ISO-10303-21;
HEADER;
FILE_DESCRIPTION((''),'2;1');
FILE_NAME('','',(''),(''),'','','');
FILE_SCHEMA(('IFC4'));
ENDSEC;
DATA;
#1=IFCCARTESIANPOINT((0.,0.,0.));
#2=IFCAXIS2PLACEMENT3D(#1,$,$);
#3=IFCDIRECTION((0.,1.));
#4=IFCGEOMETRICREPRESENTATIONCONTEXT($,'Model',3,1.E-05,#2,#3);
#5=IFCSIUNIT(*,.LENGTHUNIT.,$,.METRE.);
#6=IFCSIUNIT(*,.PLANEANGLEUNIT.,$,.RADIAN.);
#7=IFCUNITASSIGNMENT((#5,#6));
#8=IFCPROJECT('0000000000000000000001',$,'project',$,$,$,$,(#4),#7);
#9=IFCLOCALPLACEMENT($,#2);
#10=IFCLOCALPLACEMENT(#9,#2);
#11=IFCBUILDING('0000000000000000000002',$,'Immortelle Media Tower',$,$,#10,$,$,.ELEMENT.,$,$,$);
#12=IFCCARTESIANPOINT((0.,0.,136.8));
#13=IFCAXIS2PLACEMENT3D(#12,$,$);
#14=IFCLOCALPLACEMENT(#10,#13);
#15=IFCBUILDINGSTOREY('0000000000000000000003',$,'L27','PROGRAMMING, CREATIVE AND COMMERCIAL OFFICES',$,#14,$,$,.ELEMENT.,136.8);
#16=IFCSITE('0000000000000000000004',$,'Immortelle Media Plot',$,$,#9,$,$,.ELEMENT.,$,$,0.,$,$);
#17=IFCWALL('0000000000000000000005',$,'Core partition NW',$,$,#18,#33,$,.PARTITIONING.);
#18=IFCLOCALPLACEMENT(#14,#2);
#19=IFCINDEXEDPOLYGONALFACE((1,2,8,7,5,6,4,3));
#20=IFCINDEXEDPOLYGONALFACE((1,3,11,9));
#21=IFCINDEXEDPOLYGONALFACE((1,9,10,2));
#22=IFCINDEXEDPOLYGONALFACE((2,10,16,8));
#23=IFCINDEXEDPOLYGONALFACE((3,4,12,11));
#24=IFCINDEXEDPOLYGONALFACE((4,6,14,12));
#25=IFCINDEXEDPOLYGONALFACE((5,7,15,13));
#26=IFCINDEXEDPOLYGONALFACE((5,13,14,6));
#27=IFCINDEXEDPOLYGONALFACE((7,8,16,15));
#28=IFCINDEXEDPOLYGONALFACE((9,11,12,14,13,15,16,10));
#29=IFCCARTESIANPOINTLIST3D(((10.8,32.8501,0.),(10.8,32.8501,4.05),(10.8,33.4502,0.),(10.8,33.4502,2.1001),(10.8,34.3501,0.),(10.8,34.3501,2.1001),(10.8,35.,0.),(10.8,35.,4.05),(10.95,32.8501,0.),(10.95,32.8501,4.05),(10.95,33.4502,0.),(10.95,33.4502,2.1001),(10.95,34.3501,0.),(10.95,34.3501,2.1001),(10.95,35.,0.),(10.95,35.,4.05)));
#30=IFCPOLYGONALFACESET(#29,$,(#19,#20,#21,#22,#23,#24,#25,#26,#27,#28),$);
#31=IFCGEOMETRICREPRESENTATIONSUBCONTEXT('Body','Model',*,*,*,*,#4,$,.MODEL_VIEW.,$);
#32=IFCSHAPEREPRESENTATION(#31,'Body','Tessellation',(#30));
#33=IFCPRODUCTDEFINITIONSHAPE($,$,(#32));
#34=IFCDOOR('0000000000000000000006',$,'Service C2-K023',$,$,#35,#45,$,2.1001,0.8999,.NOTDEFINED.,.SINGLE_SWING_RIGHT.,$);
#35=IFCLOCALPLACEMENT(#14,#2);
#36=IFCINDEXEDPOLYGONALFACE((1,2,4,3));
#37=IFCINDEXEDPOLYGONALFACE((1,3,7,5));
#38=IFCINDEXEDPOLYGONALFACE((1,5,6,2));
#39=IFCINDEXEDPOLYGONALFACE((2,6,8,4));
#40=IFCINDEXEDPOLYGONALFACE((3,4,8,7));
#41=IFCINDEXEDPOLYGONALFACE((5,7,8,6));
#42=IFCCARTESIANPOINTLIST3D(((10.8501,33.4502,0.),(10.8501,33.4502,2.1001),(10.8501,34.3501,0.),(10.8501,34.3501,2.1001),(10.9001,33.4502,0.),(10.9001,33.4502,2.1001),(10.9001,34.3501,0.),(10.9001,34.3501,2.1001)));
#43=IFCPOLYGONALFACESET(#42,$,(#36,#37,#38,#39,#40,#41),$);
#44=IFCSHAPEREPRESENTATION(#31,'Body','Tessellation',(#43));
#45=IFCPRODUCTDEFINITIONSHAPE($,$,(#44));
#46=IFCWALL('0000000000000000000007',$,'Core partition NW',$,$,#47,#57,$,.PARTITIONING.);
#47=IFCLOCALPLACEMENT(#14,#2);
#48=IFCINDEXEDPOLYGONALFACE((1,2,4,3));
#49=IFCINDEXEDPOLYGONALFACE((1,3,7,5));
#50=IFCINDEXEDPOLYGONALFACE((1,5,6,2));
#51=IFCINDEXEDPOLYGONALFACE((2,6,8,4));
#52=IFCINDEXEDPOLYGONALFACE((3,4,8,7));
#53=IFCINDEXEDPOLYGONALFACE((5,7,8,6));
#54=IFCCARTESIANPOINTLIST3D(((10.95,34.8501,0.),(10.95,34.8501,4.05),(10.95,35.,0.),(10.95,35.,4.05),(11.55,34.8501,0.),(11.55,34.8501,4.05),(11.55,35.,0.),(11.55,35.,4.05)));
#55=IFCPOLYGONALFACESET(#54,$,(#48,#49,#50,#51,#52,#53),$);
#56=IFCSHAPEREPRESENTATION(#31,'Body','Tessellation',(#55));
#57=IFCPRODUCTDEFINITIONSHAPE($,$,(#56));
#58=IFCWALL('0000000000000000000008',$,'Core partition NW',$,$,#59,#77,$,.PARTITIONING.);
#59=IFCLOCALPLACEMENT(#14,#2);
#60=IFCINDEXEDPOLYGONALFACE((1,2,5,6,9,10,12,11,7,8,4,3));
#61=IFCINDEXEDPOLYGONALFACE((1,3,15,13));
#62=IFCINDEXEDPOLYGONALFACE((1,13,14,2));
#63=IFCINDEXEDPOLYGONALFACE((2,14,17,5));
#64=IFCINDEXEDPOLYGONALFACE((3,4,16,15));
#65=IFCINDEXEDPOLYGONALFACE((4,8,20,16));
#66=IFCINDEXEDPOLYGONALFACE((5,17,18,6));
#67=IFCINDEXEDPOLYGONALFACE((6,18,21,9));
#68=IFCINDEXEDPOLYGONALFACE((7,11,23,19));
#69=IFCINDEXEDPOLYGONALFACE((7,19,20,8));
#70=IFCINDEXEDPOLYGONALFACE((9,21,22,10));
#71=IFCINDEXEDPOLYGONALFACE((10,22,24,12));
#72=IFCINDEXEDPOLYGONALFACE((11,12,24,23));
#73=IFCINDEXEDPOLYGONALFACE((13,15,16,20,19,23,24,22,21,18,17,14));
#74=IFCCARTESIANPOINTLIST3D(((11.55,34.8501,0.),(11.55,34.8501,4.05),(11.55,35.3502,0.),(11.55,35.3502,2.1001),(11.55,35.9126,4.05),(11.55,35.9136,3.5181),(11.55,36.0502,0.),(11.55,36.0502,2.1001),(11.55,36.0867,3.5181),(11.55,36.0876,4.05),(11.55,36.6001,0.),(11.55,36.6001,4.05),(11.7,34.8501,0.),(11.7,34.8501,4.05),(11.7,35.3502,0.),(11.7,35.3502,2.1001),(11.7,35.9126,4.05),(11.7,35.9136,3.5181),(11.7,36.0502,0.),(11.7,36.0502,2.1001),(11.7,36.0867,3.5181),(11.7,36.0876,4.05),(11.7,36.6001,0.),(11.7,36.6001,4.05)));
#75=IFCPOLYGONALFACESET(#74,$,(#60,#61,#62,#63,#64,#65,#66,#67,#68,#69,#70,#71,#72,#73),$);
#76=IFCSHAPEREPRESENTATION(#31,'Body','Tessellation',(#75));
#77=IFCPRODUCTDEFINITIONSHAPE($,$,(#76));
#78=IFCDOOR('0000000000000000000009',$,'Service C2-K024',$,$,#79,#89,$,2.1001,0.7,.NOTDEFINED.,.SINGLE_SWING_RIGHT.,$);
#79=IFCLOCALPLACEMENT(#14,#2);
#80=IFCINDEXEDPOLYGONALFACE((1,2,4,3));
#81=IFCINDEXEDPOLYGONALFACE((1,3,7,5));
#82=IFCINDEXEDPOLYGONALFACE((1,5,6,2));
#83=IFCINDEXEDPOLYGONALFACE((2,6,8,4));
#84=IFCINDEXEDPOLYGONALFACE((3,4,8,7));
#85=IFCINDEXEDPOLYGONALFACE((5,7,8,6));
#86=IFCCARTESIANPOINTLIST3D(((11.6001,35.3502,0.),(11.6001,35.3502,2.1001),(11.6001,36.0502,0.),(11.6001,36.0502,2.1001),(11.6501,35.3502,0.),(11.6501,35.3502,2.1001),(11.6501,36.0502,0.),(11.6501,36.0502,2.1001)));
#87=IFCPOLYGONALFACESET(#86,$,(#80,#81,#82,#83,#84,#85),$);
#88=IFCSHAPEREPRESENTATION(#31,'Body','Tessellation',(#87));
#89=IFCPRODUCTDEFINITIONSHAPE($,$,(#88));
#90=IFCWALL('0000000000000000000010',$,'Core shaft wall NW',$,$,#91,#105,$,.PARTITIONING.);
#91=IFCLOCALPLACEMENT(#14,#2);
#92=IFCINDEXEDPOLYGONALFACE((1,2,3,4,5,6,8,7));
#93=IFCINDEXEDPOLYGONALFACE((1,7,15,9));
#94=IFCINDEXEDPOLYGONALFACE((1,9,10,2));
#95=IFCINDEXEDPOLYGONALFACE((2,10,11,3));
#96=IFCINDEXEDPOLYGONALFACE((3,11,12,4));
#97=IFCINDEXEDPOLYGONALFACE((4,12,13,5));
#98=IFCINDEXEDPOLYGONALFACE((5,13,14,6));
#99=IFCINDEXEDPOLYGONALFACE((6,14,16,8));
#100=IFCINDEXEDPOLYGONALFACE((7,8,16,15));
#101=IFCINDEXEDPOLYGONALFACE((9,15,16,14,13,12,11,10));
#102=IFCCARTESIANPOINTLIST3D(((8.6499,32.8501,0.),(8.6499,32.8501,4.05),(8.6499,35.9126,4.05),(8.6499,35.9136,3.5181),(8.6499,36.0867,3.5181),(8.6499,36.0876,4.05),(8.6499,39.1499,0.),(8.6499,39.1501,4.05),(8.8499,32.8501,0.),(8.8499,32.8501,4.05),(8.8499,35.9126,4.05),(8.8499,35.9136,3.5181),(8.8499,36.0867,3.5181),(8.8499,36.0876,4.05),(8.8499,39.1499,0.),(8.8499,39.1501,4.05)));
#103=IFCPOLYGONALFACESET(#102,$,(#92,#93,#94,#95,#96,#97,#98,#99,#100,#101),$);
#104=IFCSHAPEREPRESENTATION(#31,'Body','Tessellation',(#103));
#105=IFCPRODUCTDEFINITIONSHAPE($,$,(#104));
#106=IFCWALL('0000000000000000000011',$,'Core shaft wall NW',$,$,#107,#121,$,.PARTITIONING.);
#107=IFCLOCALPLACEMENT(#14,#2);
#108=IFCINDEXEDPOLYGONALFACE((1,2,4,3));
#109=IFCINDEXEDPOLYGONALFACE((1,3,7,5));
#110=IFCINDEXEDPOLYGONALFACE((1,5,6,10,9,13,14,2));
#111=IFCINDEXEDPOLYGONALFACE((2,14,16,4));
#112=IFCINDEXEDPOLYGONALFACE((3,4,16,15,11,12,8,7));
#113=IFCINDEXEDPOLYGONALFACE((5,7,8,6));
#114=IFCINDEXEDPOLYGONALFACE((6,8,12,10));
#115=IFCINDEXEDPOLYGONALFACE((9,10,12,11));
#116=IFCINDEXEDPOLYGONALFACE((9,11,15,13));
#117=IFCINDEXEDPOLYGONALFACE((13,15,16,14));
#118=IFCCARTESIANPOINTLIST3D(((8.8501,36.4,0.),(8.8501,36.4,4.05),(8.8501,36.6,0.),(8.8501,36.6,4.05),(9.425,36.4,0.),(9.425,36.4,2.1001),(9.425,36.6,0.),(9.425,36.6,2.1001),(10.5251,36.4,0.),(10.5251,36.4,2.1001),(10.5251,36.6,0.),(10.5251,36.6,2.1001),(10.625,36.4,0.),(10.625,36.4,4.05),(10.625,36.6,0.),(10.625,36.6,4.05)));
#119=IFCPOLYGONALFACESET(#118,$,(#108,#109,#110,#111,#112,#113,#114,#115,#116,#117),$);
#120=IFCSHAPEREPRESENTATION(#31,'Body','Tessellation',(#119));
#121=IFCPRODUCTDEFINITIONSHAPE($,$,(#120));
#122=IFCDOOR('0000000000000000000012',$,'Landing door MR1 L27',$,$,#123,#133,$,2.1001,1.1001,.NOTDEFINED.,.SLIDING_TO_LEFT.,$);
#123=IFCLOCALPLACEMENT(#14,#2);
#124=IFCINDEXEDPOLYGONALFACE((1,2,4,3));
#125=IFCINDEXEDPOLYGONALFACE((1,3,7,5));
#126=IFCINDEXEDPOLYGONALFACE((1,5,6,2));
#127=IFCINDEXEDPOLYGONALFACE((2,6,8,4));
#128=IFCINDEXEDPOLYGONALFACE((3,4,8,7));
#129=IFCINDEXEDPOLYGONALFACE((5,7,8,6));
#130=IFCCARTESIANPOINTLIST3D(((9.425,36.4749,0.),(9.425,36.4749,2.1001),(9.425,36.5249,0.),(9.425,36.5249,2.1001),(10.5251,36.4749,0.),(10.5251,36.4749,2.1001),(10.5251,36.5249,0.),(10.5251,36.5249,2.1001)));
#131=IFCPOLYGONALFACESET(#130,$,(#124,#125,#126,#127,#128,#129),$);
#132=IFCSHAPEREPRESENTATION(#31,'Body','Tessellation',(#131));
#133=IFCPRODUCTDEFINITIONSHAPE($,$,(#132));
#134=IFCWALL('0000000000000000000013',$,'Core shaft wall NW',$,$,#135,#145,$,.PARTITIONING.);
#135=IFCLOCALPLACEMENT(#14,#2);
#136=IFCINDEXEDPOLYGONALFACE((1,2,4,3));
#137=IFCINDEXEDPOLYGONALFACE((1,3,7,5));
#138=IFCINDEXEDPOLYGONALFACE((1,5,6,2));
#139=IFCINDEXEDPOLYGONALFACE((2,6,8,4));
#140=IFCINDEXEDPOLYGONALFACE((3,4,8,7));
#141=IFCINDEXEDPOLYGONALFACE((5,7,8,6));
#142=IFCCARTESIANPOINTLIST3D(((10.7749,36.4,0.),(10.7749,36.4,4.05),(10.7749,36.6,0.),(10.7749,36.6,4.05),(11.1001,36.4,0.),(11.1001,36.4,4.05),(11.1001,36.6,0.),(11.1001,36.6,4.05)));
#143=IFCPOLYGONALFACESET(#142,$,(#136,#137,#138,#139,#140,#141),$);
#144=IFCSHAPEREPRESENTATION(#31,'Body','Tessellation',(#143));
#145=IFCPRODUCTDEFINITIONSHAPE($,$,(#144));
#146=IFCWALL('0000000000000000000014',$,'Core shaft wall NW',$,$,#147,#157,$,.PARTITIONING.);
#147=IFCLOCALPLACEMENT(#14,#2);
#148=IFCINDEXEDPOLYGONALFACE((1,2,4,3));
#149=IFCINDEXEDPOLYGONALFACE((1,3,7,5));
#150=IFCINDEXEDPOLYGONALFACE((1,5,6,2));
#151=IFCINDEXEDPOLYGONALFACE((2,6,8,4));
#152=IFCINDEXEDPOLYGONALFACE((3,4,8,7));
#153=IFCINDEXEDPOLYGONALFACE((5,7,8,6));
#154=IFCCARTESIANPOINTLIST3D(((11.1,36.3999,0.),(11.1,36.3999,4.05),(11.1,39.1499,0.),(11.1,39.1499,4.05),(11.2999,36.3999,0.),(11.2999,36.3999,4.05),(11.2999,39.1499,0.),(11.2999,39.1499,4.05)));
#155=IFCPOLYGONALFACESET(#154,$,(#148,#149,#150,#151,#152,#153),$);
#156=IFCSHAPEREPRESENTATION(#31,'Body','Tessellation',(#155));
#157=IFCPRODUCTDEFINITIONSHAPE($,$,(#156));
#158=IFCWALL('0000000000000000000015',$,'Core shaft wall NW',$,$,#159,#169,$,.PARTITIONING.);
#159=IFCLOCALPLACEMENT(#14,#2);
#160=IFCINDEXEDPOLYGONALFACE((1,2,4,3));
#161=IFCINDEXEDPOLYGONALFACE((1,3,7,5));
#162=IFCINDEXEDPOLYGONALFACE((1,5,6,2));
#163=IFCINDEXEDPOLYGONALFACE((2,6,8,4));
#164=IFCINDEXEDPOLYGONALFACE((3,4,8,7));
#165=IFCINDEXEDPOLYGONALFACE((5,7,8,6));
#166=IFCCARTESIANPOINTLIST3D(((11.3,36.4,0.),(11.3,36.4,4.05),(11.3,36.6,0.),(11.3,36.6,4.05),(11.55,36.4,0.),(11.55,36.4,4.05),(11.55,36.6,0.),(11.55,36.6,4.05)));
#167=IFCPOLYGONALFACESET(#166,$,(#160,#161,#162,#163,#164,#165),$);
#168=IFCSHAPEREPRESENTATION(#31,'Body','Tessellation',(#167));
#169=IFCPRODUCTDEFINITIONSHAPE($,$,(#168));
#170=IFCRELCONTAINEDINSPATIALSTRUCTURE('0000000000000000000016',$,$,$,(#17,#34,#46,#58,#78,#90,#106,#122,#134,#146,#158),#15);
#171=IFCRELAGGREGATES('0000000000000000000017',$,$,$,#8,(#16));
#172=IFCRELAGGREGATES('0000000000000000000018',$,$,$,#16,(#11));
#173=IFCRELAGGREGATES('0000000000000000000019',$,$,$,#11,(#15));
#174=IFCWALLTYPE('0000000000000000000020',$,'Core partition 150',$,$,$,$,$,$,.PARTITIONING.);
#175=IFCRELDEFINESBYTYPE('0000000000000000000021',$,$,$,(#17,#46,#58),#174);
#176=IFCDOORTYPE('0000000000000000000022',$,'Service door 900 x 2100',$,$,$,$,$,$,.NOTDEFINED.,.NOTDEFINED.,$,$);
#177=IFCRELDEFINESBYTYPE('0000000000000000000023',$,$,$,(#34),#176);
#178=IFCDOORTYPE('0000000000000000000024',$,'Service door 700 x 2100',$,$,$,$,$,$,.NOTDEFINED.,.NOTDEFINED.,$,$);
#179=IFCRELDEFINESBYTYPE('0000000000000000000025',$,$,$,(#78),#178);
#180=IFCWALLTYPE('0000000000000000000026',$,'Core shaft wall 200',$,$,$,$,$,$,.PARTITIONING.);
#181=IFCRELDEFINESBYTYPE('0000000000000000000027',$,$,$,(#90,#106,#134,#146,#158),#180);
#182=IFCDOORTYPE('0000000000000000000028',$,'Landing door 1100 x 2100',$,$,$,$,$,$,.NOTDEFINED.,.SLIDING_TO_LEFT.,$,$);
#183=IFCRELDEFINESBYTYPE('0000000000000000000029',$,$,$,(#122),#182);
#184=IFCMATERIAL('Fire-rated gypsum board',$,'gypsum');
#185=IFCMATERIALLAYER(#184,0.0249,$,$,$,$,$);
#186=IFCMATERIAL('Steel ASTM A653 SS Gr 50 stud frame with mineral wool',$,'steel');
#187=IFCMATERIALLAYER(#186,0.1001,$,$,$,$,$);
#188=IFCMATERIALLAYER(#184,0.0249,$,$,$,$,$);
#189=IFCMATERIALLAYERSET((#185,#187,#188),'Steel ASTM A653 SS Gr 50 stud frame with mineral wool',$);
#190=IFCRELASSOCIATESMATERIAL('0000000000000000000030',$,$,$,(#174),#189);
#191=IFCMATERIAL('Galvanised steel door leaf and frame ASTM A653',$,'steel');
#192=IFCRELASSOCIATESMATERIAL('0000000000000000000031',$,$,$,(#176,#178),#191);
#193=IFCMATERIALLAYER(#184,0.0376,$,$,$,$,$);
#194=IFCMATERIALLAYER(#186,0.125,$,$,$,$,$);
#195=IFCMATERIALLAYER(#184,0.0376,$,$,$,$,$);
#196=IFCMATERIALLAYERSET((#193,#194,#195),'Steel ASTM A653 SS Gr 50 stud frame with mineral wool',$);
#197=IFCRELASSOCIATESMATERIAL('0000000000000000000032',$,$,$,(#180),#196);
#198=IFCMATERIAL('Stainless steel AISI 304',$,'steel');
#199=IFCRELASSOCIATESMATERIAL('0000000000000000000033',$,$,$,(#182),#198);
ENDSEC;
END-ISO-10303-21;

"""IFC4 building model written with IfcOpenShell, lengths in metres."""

from ifc_helpers import new_model, si_unit, direction, frame, frame_2d, origin, place, context, subcontext, project, spatial, polyline, rectangle, outline, extrude, material, layer, layer_set, type_object, element, fill, save


model = new_model("IFC4")

# Units and contexts
model_context = context("Model", 3, precision=1e-05, world=origin(), true_north=direction((0.0, 1.0)))
body_context = subcontext(model_context, "Body", "Model", "MODEL_VIEW")
ifc_project = project(units=[si_unit("LENGTHUNIT", "METRE"), si_unit("PLANEANGLEUNIT", "RADIAN")], contexts=[model_context])

# Site, building, storey
site_placement = place(None, origin())
site = spatial("IfcSite", under=ifc_project, at=site_placement, Name="Immortelle Media Plot", CompositionType="ELEMENT", RefElevation=0.0)
building_placement = place(site_placement, origin())
building = spatial("IfcBuilding", under=site, at=building_placement, Name="Immortelle Media Tower", CompositionType="ELEMENT")
storey_placement = place(building_placement, frame((0.0, 0.0, 136.8)))
storey = spatial("IfcBuildingStorey", under=building, at=storey_placement, Name="L27", Description="PROGRAMMING, CREATIVE AND COMMERCIAL OFFICES", CompositionType="ELEMENT", Elevation=136.8)

# Shared definitions
ifc_material_1 = material(Name="Fire-rated gypsum board", Category="gypsum")
ifc_layer_1 = layer(ifc_material_1, 0.0249)
ifc_material_2 = material(Name="Steel ASTM A653 SS Gr 50 stud frame with mineral wool", Category="steel")
ifc_layer_2 = layer(ifc_material_2, 0.1001)
ifc_layer_3 = layer(ifc_material_1, 0.0249)
ifc_layer_set_1 = layer_set([ifc_layer_1, ifc_layer_2, ifc_layer_3], Name="Steel ASTM A653 SS Gr 50 stud frame with mineral wool")
wall_type_1 = type_object("IfcWallType", Name="Core partition 150", PredefinedType="PARTITIONING", material=ifc_layer_set_1)

# Wall, opening, door
wall_1_placement = place(storey_placement, frame((10.875, 32.8501, 0.0), z_axis=(0.0, 0.0, 1.0), x_axis=(0.0, 1.0, 0.0)))
wall_1 = element("IfcWall", 1, at=wall_1_placement, inside=storey, type_object=wall_type_1, Name="Core partition NW", PredefinedType="PARTITIONING", context=body_context, shape_type="SweptSolid", body=[
    extrude(rectangle(XDim=2.1499, YDim=0.1499, at=frame_2d((1.075, 0.0))), origin(), (0.0, 0.0, 1.0), 4.05),
])
opening_1_placement = place(wall_1_placement, frame((0.6001, 0.0, 0.0)))
opening_1 = element("IfcOpeningElement", 2, at=opening_1_placement, cuts=wall_1, PredefinedType="OPENING", context=body_context, shape_type="SweptSolid", body=[
    extrude(rectangle(XDim=0.8999, YDim=2.1001, at=frame_2d((0.45, 1.05))), frame((0.0, 0.085, 0.0), z_axis=(0.0, -1.0, 0.0), x_axis=(1.0, 0.0, 0.0)), (0.0, 0.0, 1.0), 0.1699),
])
ifc_material_3 = material(Name="Galvanised steel door leaf and frame ASTM A653", Category="steel")
door_type_1 = type_object("IfcDoorType", Name="Service door 900 x 2100", OperationType="NOTDEFINED", PredefinedType="NOTDEFINED", material=ifc_material_3)
door_1_placement = place(opening_1_placement, origin())
door_1 = element("IfcDoor", 3, at=door_1_placement, inside=storey, type_object=door_type_1, Name="Service C2-K023", OperationType="SINGLE_SWING_RIGHT", OverallHeight=2.1001, OverallWidth=0.8999, PredefinedType="NOTDEFINED", context=body_context, shape_type="SweptSolid", body=[
    extrude(rectangle(XDim=0.8999, YDim=2.1001, at=frame_2d((0.45, 1.05))), frame((0.0, 0.0249, 0.0), z_axis=(0.0, -1.0, 0.0), x_axis=(1.0, 0.0, 0.0)), (0.0, 0.0, 1.0), 0.05),
])
fill(opening_1, door_1)

# Wall
wall_2_placement = place(storey_placement, frame((10.95, 34.925, 0.0), z_axis=(0.0, 0.0, 1.0), x_axis=(1.0, 0.0, 0.0)))
element("IfcWall", 4, at=wall_2_placement, inside=storey, type_object=wall_type_1, Name="Core partition NW", PredefinedType="PARTITIONING", context=body_context, shape_type="SweptSolid", body=[
    extrude(rectangle(XDim=0.6001, YDim=0.1499, at=frame_2d((0.3, 0.0))), origin(), (0.0, 0.0, 1.0), 4.05),
])

# Wall, opening, door
wall_3_placement = place(storey_placement, frame((11.625, 34.8501, 0.0), z_axis=(0.0, 0.0, 1.0), x_axis=(0.0, 1.0, 0.0)))
wall_3 = element("IfcWall", 5, at=wall_3_placement, inside=storey, type_object=wall_type_1, Name="Core partition NW", PredefinedType="PARTITIONING", context=body_context, shape_type="SweptSolid", body=[
    extrude(outline(polyline([(0.0, 0.0), (1.75, 0.0), (1.75, 4.05), (1.2375, 4.05), (1.2366, 3.5181), (1.0635, 3.5181), (1.0625, 4.05), (0.0, 4.05), (0.0, 0.0)])), frame((0.0, 0.075, 0.0), z_axis=(0.0, -1.0, 0.0), x_axis=(1.0, 0.0, 0.0)), (0.0, 0.0, 1.0), 0.1499),
])
opening_2_placement = place(wall_3_placement, frame((0.5, 0.0, 0.0)))
opening_2 = element("IfcOpeningElement", 6, at=opening_2_placement, cuts=wall_3, PredefinedType="OPENING", context=body_context, shape_type="SweptSolid", body=[
    extrude(rectangle(XDim=0.7, YDim=2.1001, at=frame_2d((0.3501, 1.05))), frame((0.0, 0.085, 0.0), z_axis=(0.0, -1.0, 0.0), x_axis=(1.0, 0.0, 0.0)), (0.0, 0.0, 1.0), 0.1699),
])
door_type_2 = type_object("IfcDoorType", Name="Service door 700 x 2100", OperationType="NOTDEFINED", PredefinedType="NOTDEFINED", material=ifc_material_3)
door_2_placement = place(opening_2_placement, origin())
door_2 = element("IfcDoor", 7, at=door_2_placement, inside=storey, type_object=door_type_2, Name="Service C2-K024", OperationType="SINGLE_SWING_RIGHT", OverallHeight=2.1001, OverallWidth=0.7, PredefinedType="NOTDEFINED", context=body_context, shape_type="SweptSolid", body=[
    extrude(rectangle(XDim=0.7, YDim=2.1001, at=frame_2d((0.3501, 1.05))), frame((0.0, 0.0249, 0.0), z_axis=(0.0, -1.0, 0.0), x_axis=(1.0, 0.0, 0.0)), (0.0, 0.0, 1.0), 0.05),
])
fill(opening_2, door_2)

# Wall
ifc_layer_4 = layer(ifc_material_1, 0.0376)
ifc_layer_5 = layer(ifc_material_2, 0.125)
ifc_layer_6 = layer(ifc_material_1, 0.0376)
ifc_layer_set_2 = layer_set([ifc_layer_4, ifc_layer_5, ifc_layer_6], Name="Steel ASTM A653 SS Gr 50 stud frame with mineral wool")
wall_type_2 = type_object("IfcWallType", Name="Core shaft wall 200", PredefinedType="PARTITIONING", material=ifc_layer_set_2)
wall_4_placement = place(storey_placement, frame((8.75, 32.8501, 0.0), z_axis=(0.0, 0.0, 1.0), x_axis=(0.0, 1.0, 0.0)))
element("IfcWall", 8, at=wall_4_placement, inside=storey, type_object=wall_type_2, Name="Core shaft wall NW", PredefinedType="PARTITIONING", context=body_context, shape_type="SweptSolid", body=[
    extrude(outline(polyline([(0.0, 0.0), (6.2998, 0.0), (6.3, 4.05), (3.2375, 4.05), (3.2366, 3.5181), (3.0635, 3.5181), (3.0625, 4.05), (0.0, 4.05), (0.0, 0.0)])), frame((0.0, 0.1001, 0.0), z_axis=(0.0, -1.0, 0.0), x_axis=(1.0, 0.0, 0.0)), (0.0, 0.0, 1.0), 0.2),
])

# Wall, opening, door
wall_5_placement = place(storey_placement, frame((8.8501, 36.5, 0.0), z_axis=(0.0, 0.0, 1.0), x_axis=(1.0, 0.0, 0.0)))
wall_5 = element("IfcWall", 9, at=wall_5_placement, inside=storey, type_object=wall_type_2, Name="Core shaft wall NW", PredefinedType="PARTITIONING", context=body_context, shape_type="SweptSolid", body=[
    extrude(rectangle(XDim=1.7749, YDim=0.2, at=frame_2d((0.8875, 0.0))), origin(), (0.0, 0.0, 1.0), 4.05),
])
opening_3_placement = place(wall_5_placement, frame((0.575, 0.0, 0.0)))
opening_3 = element("IfcOpeningElement", 10, at=opening_3_placement, cuts=wall_5, PredefinedType="OPENING", context=body_context, shape_type="SweptSolid", body=[
    extrude(rectangle(XDim=1.1001, YDim=2.1001, at=frame_2d((0.55, 1.05))), frame((0.0, 0.1099, 0.0), z_axis=(0.0, -1.0, 0.0), x_axis=(1.0, 0.0, 0.0)), (0.0, 0.0, 1.0), 0.22),
])
ifc_material_4 = material(Name="Stainless steel AISI 304", Category="steel")
door_type_3 = type_object("IfcDoorType", Name="Landing door 1100 x 2100", OperationType="SLIDING_TO_LEFT", PredefinedType="NOTDEFINED", material=ifc_material_4)
door_3_placement = place(opening_3_placement, origin())
door_3 = element("IfcDoor", 11, at=door_3_placement, inside=storey, type_object=door_type_3, Name="Landing door MR1 L27", OperationType="SLIDING_TO_LEFT", OverallHeight=2.1001, OverallWidth=1.1001, PredefinedType="NOTDEFINED", context=body_context, shape_type="SweptSolid", body=[
    extrude(rectangle(XDim=1.1001, YDim=2.1001, at=frame_2d((0.55, 1.05))), frame((0.0, 0.0249, 0.0), z_axis=(0.0, -1.0, 0.0), x_axis=(1.0, 0.0, 0.0)), (0.0, 0.0, 1.0), 0.05),
])
fill(opening_3, door_3)

# Walls
wall_6_placement = place(storey_placement, frame((10.7749, 36.5, 0.0), z_axis=(0.0, 0.0, 1.0), x_axis=(1.0, 0.0, 0.0)))
element("IfcWall", 12, at=wall_6_placement, inside=storey, type_object=wall_type_2, Name="Core shaft wall NW", PredefinedType="PARTITIONING", context=body_context, shape_type="SweptSolid", body=[
    extrude(rectangle(XDim=0.3252, YDim=0.2, at=frame_2d((0.1626, 0.0))), origin(), (0.0, 0.0, 1.0), 4.05),
])
wall_7_placement = place(storey_placement, frame((11.2, 36.3999, 0.0), z_axis=(0.0, 0.0, 1.0), x_axis=(0.0, 1.0, 0.0)))
element("IfcWall", 13, at=wall_7_placement, inside=storey, type_object=wall_type_2, Name="Core shaft wall NW", PredefinedType="PARTITIONING", context=body_context, shape_type="SweptSolid", body=[
    extrude(rectangle(XDim=2.75, YDim=0.2, at=frame_2d((1.375, 0.0))), origin(), (0.0, 0.0, 1.0), 4.05),
])
wall_8_placement = place(storey_placement, frame((11.3, 36.5, 0.0), z_axis=(0.0, 0.0, 1.0), x_axis=(1.0, 0.0, 0.0)))
element("IfcWall", 14, at=wall_8_placement, inside=storey, type_object=wall_type_2, Name="Core shaft wall NW", PredefinedType="PARTITIONING", context=body_context, shape_type="SweptSolid", body=[
    extrude(rectangle(XDim=0.25, YDim=0.2, at=frame_2d((0.125, 0.0))), origin(), (0.0, 0.0, 1.0), 4.05),
])

save(model, "model.ifc")
